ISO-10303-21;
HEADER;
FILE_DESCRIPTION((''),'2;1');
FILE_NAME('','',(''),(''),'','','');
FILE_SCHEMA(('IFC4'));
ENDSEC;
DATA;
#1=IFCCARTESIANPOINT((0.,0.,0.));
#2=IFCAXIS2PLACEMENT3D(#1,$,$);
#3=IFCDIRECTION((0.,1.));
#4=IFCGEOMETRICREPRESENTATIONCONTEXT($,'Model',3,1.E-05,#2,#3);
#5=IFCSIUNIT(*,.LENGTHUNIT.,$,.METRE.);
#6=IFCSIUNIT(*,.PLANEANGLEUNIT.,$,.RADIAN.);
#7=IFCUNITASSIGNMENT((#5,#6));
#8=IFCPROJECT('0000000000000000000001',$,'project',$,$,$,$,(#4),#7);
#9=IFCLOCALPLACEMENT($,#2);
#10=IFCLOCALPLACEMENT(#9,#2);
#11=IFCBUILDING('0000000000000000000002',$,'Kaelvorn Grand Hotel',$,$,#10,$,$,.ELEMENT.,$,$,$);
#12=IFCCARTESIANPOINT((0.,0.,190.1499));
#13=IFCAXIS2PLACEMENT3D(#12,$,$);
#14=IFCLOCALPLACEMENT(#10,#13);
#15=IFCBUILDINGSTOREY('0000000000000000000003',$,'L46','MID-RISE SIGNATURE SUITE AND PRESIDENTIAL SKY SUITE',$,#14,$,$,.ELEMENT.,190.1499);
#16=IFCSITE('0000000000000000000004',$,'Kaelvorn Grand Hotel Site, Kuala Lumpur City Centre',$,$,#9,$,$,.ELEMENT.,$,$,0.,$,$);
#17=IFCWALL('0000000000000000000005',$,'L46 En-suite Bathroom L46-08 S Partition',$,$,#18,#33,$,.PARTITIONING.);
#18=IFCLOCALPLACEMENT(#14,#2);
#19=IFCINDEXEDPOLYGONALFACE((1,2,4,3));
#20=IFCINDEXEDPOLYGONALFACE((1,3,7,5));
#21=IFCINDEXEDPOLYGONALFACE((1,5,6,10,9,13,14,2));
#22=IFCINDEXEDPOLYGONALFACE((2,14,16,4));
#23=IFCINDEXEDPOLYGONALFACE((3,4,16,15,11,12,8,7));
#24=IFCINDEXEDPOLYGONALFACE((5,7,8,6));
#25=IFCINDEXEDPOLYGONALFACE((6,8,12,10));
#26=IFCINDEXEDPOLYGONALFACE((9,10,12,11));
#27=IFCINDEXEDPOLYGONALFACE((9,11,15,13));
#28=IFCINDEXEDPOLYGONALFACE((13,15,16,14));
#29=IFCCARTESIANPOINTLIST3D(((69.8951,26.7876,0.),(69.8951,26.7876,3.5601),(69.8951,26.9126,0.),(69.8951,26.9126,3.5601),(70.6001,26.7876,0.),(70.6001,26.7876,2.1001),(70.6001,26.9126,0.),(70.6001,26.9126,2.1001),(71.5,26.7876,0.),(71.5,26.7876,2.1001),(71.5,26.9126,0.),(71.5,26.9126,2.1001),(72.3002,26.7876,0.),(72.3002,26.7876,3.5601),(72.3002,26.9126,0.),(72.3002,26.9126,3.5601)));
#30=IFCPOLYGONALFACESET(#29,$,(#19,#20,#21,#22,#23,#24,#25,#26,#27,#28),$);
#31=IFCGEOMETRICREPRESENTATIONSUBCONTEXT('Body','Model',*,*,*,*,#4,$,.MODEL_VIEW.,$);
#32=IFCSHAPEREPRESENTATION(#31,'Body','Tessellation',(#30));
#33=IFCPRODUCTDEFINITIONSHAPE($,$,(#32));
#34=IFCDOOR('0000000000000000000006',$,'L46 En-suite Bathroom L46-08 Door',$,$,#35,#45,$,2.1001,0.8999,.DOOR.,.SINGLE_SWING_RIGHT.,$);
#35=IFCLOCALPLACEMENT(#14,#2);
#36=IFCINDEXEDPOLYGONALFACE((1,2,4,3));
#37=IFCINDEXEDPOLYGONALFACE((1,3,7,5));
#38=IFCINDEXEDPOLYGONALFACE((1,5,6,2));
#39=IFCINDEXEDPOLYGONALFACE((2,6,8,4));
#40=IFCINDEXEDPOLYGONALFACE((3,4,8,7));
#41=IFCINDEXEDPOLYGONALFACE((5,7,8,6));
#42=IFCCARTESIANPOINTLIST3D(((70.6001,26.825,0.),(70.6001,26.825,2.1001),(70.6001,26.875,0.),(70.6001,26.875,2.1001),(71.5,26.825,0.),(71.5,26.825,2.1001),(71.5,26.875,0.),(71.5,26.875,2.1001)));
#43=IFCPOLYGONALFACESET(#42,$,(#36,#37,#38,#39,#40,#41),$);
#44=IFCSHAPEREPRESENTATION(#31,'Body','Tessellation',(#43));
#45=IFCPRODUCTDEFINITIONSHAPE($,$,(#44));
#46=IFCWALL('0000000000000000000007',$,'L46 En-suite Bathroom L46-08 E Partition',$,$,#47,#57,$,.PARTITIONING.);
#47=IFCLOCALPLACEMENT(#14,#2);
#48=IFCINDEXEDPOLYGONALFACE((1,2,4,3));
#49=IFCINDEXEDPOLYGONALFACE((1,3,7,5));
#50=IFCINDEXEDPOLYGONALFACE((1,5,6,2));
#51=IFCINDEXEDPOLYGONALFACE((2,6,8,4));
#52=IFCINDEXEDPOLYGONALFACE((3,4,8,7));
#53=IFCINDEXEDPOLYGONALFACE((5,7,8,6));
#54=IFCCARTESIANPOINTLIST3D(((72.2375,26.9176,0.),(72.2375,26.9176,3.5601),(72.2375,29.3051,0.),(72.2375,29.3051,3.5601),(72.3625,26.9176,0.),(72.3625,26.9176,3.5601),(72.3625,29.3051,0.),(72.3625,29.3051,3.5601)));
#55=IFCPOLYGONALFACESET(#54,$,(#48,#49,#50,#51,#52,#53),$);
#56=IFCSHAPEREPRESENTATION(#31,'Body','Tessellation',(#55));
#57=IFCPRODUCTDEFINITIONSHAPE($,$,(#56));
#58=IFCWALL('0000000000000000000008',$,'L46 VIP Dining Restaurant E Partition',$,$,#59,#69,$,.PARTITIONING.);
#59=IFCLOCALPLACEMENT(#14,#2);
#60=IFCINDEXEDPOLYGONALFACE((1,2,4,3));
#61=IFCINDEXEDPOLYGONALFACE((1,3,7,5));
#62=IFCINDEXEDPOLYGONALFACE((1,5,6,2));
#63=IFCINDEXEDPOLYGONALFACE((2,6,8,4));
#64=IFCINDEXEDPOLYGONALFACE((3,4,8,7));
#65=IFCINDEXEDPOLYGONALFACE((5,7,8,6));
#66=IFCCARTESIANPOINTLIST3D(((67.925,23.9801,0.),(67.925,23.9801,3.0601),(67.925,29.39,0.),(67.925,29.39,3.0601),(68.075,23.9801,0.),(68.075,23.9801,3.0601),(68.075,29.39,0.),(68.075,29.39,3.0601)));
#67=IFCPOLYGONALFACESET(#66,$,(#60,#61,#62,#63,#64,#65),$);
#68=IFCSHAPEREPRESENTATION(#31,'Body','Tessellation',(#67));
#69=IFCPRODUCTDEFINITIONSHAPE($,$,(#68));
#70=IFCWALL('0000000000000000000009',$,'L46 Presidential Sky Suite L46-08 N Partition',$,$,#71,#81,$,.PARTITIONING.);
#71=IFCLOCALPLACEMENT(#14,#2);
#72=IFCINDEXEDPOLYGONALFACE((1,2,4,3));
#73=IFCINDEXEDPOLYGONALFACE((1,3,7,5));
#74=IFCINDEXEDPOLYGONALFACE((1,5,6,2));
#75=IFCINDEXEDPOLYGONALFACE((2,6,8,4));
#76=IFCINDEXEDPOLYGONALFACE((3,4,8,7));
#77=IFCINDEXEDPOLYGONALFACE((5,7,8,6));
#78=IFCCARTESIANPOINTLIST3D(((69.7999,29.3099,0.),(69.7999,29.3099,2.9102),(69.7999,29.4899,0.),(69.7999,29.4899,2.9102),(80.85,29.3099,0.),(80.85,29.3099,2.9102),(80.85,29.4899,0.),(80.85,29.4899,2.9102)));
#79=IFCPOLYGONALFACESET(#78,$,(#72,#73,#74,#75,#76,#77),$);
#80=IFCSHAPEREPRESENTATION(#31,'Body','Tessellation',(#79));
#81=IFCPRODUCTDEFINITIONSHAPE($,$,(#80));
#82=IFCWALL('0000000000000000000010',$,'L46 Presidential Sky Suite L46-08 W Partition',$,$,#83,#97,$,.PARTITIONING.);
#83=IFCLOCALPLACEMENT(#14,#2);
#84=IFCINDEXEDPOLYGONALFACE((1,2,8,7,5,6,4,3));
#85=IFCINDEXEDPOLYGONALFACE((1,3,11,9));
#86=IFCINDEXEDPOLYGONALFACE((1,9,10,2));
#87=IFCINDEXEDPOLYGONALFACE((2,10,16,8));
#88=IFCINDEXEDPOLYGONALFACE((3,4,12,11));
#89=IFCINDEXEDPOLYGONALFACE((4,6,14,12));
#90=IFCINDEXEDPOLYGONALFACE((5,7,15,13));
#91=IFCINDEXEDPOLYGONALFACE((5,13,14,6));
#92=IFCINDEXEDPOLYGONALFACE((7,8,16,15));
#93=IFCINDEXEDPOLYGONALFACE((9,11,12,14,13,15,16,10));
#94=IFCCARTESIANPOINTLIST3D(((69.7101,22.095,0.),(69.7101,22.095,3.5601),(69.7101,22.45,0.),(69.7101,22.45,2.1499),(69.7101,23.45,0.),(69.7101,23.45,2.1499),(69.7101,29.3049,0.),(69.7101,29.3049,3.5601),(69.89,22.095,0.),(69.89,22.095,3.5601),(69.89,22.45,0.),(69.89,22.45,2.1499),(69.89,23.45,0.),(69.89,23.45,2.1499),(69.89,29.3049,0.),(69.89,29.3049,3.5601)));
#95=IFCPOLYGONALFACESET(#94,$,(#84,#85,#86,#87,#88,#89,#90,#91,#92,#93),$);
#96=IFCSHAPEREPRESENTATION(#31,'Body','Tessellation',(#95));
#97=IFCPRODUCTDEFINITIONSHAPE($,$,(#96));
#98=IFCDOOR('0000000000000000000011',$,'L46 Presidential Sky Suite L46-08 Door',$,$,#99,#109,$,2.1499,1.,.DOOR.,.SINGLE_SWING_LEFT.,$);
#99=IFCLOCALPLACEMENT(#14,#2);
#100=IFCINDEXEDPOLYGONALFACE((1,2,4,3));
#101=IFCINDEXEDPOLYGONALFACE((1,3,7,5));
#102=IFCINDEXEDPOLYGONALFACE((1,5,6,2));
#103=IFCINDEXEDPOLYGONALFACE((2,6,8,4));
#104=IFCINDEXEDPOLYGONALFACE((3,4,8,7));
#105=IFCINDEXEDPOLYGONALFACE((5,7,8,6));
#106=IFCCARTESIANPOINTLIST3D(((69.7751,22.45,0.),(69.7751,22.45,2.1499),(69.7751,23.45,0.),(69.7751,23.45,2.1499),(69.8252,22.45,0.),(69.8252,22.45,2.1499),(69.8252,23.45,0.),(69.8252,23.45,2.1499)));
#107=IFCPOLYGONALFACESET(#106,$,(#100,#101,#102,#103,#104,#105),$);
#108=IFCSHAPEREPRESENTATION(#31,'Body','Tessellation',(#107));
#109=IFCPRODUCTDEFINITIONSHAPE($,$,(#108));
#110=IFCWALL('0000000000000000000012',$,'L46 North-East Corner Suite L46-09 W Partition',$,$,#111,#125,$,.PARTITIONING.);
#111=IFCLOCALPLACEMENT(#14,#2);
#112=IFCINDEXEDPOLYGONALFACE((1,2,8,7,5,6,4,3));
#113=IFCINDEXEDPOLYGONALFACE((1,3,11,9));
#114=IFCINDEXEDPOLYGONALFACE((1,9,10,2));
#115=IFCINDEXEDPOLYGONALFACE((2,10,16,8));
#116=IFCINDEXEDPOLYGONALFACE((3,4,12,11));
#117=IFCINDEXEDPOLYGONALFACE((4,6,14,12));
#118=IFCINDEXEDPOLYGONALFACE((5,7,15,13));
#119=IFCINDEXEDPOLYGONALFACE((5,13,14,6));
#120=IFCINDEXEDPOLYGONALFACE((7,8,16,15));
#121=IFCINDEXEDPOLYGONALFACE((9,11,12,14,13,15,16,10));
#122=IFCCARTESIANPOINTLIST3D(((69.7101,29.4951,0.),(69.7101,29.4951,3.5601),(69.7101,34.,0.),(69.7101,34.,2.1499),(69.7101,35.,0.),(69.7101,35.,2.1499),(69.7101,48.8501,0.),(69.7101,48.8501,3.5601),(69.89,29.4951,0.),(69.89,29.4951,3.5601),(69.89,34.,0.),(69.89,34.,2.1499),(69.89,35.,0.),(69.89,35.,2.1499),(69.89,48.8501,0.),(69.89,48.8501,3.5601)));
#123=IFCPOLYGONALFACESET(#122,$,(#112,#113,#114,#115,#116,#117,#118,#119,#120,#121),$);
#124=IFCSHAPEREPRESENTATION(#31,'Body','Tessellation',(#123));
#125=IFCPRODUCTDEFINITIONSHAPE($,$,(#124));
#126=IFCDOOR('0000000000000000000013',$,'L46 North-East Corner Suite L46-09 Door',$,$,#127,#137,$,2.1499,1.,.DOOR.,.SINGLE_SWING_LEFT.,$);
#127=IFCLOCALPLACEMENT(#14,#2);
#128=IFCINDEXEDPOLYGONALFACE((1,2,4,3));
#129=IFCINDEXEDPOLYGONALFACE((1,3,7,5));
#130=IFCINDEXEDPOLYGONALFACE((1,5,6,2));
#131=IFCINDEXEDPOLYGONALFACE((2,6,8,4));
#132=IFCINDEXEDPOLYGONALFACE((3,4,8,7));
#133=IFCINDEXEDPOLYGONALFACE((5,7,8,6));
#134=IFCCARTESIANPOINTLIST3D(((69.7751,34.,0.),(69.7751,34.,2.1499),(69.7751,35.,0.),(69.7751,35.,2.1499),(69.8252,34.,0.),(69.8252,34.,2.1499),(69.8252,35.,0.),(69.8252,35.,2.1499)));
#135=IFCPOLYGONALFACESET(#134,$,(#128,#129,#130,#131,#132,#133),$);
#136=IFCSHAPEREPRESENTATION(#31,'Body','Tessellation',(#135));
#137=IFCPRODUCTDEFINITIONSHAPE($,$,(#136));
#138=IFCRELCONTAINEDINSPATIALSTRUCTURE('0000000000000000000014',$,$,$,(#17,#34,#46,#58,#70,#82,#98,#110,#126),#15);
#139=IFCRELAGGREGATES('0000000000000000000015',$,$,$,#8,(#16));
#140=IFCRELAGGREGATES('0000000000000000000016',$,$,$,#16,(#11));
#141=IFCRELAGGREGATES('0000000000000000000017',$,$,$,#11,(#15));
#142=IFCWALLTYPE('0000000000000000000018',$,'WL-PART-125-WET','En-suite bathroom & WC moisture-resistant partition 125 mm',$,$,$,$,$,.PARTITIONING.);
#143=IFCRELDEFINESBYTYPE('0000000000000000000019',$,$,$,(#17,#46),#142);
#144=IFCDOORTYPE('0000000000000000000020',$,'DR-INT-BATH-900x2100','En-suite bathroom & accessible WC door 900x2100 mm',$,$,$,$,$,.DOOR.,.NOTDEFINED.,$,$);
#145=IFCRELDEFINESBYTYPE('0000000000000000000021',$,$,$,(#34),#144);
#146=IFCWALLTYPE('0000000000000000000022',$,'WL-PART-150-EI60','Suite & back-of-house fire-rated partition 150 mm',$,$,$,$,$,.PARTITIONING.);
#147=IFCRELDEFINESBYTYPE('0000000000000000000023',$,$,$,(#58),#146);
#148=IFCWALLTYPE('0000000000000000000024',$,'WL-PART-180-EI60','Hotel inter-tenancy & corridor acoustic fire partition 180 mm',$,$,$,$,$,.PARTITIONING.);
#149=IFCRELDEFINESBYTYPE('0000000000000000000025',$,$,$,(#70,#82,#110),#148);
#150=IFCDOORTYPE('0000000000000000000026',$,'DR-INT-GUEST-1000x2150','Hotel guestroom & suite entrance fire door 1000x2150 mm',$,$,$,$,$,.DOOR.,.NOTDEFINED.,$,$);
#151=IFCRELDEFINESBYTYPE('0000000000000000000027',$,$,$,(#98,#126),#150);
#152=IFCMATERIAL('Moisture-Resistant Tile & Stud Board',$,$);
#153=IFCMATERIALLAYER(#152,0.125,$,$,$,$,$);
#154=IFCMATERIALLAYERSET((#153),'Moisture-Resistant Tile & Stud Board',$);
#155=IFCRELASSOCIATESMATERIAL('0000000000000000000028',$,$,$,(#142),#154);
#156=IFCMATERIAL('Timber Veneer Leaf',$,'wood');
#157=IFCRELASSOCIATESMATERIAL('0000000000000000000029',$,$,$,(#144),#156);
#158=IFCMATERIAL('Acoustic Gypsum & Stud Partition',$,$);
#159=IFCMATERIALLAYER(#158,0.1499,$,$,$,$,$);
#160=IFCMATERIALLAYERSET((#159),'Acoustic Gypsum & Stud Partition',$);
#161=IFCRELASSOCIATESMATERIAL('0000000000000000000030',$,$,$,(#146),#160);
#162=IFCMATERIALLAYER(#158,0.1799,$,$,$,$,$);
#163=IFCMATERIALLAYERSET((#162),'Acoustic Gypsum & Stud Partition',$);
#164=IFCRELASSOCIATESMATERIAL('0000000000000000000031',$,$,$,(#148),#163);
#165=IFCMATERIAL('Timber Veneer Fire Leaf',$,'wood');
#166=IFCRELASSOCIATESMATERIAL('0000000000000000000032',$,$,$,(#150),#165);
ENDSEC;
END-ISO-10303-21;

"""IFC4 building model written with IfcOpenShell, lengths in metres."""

from ifc_helpers import new_model, si_unit, direction, frame, frame_2d, origin, place, context, subcontext, project, spatial, rectangle, extrude, material, layer, layer_set, type_object, element, fill, save


model = new_model("IFC4")

# Units and contexts
model_context = context("Model", 3, precision=1e-05, world=origin(), true_north=direction((0.0, 1.0)))
body_context = subcontext(model_context, "Body", "Model", "MODEL_VIEW")
ifc_project = project(units=[si_unit("LENGTHUNIT", "METRE"), si_unit("PLANEANGLEUNIT", "RADIAN")], contexts=[model_context])

# Site, building, storey
site_placement = place(None, origin())
site = spatial("IfcSite", under=ifc_project, at=site_placement, Name="Kaelvorn Grand Hotel Site, Kuala Lumpur City Centre", CompositionType="ELEMENT", RefElevation=0.0)
building_placement = place(site_placement, origin())
building = spatial("IfcBuilding", under=site, at=building_placement, Name="Kaelvorn Grand Hotel", CompositionType="ELEMENT")
storey_placement = place(building_placement, frame((0.0, 0.0, 190.1499)))
storey = spatial("IfcBuildingStorey", under=building, at=storey_placement, Name="L46", Description="MID-RISE SIGNATURE SUITE AND PRESIDENTIAL SKY SUITE", CompositionType="ELEMENT", Elevation=190.1499)

# Shared definitions
ifc_material_1 = material(Name="Moisture-Resistant Tile & Stud Board")
ifc_layer_1 = layer(ifc_material_1, 0.125)
ifc_layer_set_1 = layer_set([ifc_layer_1], Name="Moisture-Resistant Tile & Stud Board")
wall_type_1 = type_object("IfcWallType", Name="WL-PART-125-WET", Description="En-suite bathroom & WC moisture-resistant partition 125 mm", PredefinedType="PARTITIONING", material=ifc_layer_set_1)

# Wall, opening, door
wall_1_placement = place(storey_placement, frame((69.895, 26.8501, 0.0), z_axis=(0.0, 0.0, 1.0), x_axis=(1.0, 0.0, 0.0)))
wall_1 = element("IfcWall", 1, at=wall_1_placement, inside=storey, type_object=wall_type_1, Name="L46 En-suite Bathroom L46-08 S Partition", PredefinedType="PARTITIONING", context=body_context, shape_type="SweptSolid", body=[
    extrude(rectangle(XDim=2.405, YDim=0.125, at=frame_2d((1.2026, 0.0))), origin(), (0.0, 0.0, 1.0), 3.5601),
])
opening_1_placement = place(wall_1_placement, frame((0.7051, 0.0, 0.0)))
opening_1 = element("IfcOpeningElement", 2, at=opening_1_placement, cuts=wall_1, PredefinedType="OPENING", context=body_context, shape_type="SweptSolid", body=[
    extrude(rectangle(XDim=0.8999, YDim=2.1001, at=frame_2d((0.45, 1.05))), frame((0.0, 0.0725, 0.0), z_axis=(0.0, -1.0, 0.0), x_axis=(1.0, 0.0, 0.0)), (0.0, 0.0, 1.0), 0.145),
])
ifc_material_2 = material(Name="Timber Veneer Leaf", Category="wood")
door_type_1 = type_object("IfcDoorType", Name="DR-INT-BATH-900x2100", Description="En-suite bathroom & accessible WC door 900x2100 mm", OperationType="NOTDEFINED", PredefinedType="DOOR", material=ifc_material_2)
door_1_placement = place(opening_1_placement, origin())
door_1 = element("IfcDoor", 3, at=door_1_placement, inside=storey, type_object=door_type_1, Name="L46 En-suite Bathroom L46-08 Door", OperationType="SINGLE_SWING_RIGHT", OverallHeight=2.1001, OverallWidth=0.8999, PredefinedType="DOOR", context=body_context, shape_type="SweptSolid", body=[
    extrude(rectangle(XDim=0.8999, YDim=2.1001, at=frame_2d((0.45, 1.05))), frame((0.0, 0.0249, 0.0), z_axis=(0.0, -1.0, 0.0), x_axis=(1.0, 0.0, 0.0)), (0.0, 0.0, 1.0), 0.05),
])
fill(opening_1, door_1)

# Walls
wall_2_placement = place(storey_placement, frame((72.3, 26.9175, 0.0), z_axis=(0.0, 0.0, 1.0), x_axis=(0.0, 1.0, 0.0)))
element("IfcWall", 4, at=wall_2_placement, inside=storey, type_object=wall_type_1, Name="L46 En-suite Bathroom L46-08 E Partition", PredefinedType="PARTITIONING", context=body_context, shape_type="SweptSolid", body=[
    extrude(rectangle(XDim=2.3875, YDim=0.125, at=frame_2d((1.1938, 0.0))), origin(), (0.0, 0.0, 1.0), 3.5601),
])
ifc_material_3 = material(Name="Acoustic Gypsum & Stud Partition")
ifc_layer_2 = layer(ifc_material_3, 0.1499)
ifc_layer_set_2 = layer_set([ifc_layer_2], Name="Acoustic Gypsum & Stud Partition")
wall_type_2 = type_object("IfcWallType", Name="WL-PART-150-EI60", Description="Suite & back-of-house fire-rated partition 150 mm", PredefinedType="PARTITIONING", material=ifc_layer_set_2)
wall_3_placement = place(storey_placement, frame((68.0, 23.98, 0.0), z_axis=(0.0, 0.0, 1.0), x_axis=(0.0, 1.0, 0.0)))
element("IfcWall", 5, at=wall_3_placement, inside=storey, type_object=wall_type_2, Name="L46 VIP Dining Restaurant E Partition", PredefinedType="PARTITIONING", context=body_context, shape_type="SweptSolid", body=[
    extrude(rectangle(XDim=5.4099, YDim=0.1499, at=frame_2d((2.7051, 0.0))), origin(), (0.0, 0.0, 1.0), 3.0601),
])
ifc_layer_3 = layer(ifc_material_3, 0.1799)
ifc_layer_set_3 = layer_set([ifc_layer_3], Name="Acoustic Gypsum & Stud Partition")
wall_type_3 = type_object("IfcWallType", Name="WL-PART-180-EI60", Description="Hotel inter-tenancy & corridor acoustic fire partition 180 mm", PredefinedType="PARTITIONING", material=ifc_layer_set_3)
wall_4_placement = place(storey_placement, frame((69.8, 29.3999, 0.0), z_axis=(0.0, 0.0, 1.0), x_axis=(1.0, 0.0, 0.0)))
element("IfcWall", 6, at=wall_4_placement, inside=storey, type_object=wall_type_3, Name="L46 Presidential Sky Suite L46-08 N Partition", PredefinedType="PARTITIONING", context=body_context, shape_type="SweptSolid", body=[
    extrude(rectangle(XDim=11.05, YDim=0.1799, at=frame_2d((5.5249, 0.0))), origin(), (0.0, 0.0, 1.0), 2.9102),
])

# Walls, openings, doors
wall_5_placement = place(storey_placement, frame((69.8, 22.095, 0.0), z_axis=(0.0, 0.0, 1.0), x_axis=(0.0, 1.0, 0.0)))
wall_5 = element("IfcWall", 7, at=wall_5_placement, inside=storey, type_object=wall_type_3, Name="L46 Presidential Sky Suite L46-08 W Partition", PredefinedType="PARTITIONING", context=body_context, shape_type="SweptSolid", body=[
    extrude(rectangle(XDim=7.21, YDim=0.1799, at=frame_2d((3.605, 0.0))), origin(), (0.0, 0.0, 1.0), 3.5601),
])
opening_2_placement = place(wall_5_placement, frame((0.355, 0.0, 0.0)))
opening_2 = element("IfcOpeningElement", 8, at=opening_2_placement, cuts=wall_5, PredefinedType="OPENING", context=body_context, shape_type="SweptSolid", body=[
    extrude(rectangle(XDim=1.0, YDim=2.1499, at=frame_2d((0.5, 1.075))), frame((0.0, 0.1001, 0.0), z_axis=(0.0, -1.0, 0.0), x_axis=(1.0, 0.0, 0.0)), (0.0, 0.0, 1.0), 0.2),
])
ifc_material_4 = material(Name="Timber Veneer Fire Leaf", Category="wood")
door_type_2 = type_object("IfcDoorType", Name="DR-INT-GUEST-1000x2150", Description="Hotel guestroom & suite entrance fire door 1000x2150 mm", OperationType="NOTDEFINED", PredefinedType="DOOR", material=ifc_material_4)
door_2_placement = place(opening_2_placement, origin())
door_2 = element("IfcDoor", 9, at=door_2_placement, inside=storey, type_object=door_type_2, Name="L46 Presidential Sky Suite L46-08 Door", OperationType="SINGLE_SWING_LEFT", OverallHeight=2.1499, OverallWidth=1.0, PredefinedType="DOOR", context=body_context, shape_type="SweptSolid", body=[
    extrude(rectangle(XDim=1.0, YDim=2.1499, at=frame_2d((0.5, 1.075))), frame((0.0, 0.0249, 0.0), z_axis=(0.0, -1.0, 0.0), x_axis=(1.0, 0.0, 0.0)), (0.0, 0.0, 1.0), 0.05),
])
fill(opening_2, door_2)
wall_6_placement = place(storey_placement, frame((69.8, 29.4951, 0.0), z_axis=(0.0, 0.0, 1.0), x_axis=(0.0, 1.0, 0.0)))
wall_6 = element("IfcWall", 10, at=wall_6_placement, inside=storey, type_object=wall_type_3, Name="L46 North-East Corner Suite L46-09 W Partition", PredefinedType="PARTITIONING", context=body_context, shape_type="SweptSolid", body=[
    extrude(rectangle(XDim=19.355, YDim=0.1799, at=frame_2d((9.6775, 0.0))), origin(), (0.0, 0.0, 1.0), 3.5601),
])
opening_3_placement = place(wall_6_placement, frame((4.5049, 0.0, 0.0)))
opening_3 = element("IfcOpeningElement", 11, at=opening_3_placement, cuts=wall_6, PredefinedType="OPENING", context=body_context, shape_type="SweptSolid", body=[
    extrude(rectangle(XDim=1.0, YDim=2.1499, at=frame_2d((0.5, 1.075))), frame((0.0, 0.1001, 0.0), z_axis=(0.0, -1.0, 0.0), x_axis=(1.0, 0.0, 0.0)), (0.0, 0.0, 1.0), 0.2),
])
door_3_placement = place(opening_3_placement, origin())
door_3 = element("IfcDoor", 12, at=door_3_placement, inside=storey, type_object=door_type_2, Name="L46 North-East Corner Suite L46-09 Door", OperationType="SINGLE_SWING_LEFT", OverallHeight=2.1499, OverallWidth=1.0, PredefinedType="DOOR", context=body_context, shape_type="SweptSolid", body=[
    extrude(rectangle(XDim=1.0, YDim=2.1499, at=frame_2d((0.5, 1.075))), frame((0.0, 0.0249, 0.0), z_axis=(0.0, -1.0, 0.0), x_axis=(1.0, 0.0, 0.0)), (0.0, 0.0, 1.0), 0.05),
])
fill(opening_3, door_3)

save(model, "model.ifc")
